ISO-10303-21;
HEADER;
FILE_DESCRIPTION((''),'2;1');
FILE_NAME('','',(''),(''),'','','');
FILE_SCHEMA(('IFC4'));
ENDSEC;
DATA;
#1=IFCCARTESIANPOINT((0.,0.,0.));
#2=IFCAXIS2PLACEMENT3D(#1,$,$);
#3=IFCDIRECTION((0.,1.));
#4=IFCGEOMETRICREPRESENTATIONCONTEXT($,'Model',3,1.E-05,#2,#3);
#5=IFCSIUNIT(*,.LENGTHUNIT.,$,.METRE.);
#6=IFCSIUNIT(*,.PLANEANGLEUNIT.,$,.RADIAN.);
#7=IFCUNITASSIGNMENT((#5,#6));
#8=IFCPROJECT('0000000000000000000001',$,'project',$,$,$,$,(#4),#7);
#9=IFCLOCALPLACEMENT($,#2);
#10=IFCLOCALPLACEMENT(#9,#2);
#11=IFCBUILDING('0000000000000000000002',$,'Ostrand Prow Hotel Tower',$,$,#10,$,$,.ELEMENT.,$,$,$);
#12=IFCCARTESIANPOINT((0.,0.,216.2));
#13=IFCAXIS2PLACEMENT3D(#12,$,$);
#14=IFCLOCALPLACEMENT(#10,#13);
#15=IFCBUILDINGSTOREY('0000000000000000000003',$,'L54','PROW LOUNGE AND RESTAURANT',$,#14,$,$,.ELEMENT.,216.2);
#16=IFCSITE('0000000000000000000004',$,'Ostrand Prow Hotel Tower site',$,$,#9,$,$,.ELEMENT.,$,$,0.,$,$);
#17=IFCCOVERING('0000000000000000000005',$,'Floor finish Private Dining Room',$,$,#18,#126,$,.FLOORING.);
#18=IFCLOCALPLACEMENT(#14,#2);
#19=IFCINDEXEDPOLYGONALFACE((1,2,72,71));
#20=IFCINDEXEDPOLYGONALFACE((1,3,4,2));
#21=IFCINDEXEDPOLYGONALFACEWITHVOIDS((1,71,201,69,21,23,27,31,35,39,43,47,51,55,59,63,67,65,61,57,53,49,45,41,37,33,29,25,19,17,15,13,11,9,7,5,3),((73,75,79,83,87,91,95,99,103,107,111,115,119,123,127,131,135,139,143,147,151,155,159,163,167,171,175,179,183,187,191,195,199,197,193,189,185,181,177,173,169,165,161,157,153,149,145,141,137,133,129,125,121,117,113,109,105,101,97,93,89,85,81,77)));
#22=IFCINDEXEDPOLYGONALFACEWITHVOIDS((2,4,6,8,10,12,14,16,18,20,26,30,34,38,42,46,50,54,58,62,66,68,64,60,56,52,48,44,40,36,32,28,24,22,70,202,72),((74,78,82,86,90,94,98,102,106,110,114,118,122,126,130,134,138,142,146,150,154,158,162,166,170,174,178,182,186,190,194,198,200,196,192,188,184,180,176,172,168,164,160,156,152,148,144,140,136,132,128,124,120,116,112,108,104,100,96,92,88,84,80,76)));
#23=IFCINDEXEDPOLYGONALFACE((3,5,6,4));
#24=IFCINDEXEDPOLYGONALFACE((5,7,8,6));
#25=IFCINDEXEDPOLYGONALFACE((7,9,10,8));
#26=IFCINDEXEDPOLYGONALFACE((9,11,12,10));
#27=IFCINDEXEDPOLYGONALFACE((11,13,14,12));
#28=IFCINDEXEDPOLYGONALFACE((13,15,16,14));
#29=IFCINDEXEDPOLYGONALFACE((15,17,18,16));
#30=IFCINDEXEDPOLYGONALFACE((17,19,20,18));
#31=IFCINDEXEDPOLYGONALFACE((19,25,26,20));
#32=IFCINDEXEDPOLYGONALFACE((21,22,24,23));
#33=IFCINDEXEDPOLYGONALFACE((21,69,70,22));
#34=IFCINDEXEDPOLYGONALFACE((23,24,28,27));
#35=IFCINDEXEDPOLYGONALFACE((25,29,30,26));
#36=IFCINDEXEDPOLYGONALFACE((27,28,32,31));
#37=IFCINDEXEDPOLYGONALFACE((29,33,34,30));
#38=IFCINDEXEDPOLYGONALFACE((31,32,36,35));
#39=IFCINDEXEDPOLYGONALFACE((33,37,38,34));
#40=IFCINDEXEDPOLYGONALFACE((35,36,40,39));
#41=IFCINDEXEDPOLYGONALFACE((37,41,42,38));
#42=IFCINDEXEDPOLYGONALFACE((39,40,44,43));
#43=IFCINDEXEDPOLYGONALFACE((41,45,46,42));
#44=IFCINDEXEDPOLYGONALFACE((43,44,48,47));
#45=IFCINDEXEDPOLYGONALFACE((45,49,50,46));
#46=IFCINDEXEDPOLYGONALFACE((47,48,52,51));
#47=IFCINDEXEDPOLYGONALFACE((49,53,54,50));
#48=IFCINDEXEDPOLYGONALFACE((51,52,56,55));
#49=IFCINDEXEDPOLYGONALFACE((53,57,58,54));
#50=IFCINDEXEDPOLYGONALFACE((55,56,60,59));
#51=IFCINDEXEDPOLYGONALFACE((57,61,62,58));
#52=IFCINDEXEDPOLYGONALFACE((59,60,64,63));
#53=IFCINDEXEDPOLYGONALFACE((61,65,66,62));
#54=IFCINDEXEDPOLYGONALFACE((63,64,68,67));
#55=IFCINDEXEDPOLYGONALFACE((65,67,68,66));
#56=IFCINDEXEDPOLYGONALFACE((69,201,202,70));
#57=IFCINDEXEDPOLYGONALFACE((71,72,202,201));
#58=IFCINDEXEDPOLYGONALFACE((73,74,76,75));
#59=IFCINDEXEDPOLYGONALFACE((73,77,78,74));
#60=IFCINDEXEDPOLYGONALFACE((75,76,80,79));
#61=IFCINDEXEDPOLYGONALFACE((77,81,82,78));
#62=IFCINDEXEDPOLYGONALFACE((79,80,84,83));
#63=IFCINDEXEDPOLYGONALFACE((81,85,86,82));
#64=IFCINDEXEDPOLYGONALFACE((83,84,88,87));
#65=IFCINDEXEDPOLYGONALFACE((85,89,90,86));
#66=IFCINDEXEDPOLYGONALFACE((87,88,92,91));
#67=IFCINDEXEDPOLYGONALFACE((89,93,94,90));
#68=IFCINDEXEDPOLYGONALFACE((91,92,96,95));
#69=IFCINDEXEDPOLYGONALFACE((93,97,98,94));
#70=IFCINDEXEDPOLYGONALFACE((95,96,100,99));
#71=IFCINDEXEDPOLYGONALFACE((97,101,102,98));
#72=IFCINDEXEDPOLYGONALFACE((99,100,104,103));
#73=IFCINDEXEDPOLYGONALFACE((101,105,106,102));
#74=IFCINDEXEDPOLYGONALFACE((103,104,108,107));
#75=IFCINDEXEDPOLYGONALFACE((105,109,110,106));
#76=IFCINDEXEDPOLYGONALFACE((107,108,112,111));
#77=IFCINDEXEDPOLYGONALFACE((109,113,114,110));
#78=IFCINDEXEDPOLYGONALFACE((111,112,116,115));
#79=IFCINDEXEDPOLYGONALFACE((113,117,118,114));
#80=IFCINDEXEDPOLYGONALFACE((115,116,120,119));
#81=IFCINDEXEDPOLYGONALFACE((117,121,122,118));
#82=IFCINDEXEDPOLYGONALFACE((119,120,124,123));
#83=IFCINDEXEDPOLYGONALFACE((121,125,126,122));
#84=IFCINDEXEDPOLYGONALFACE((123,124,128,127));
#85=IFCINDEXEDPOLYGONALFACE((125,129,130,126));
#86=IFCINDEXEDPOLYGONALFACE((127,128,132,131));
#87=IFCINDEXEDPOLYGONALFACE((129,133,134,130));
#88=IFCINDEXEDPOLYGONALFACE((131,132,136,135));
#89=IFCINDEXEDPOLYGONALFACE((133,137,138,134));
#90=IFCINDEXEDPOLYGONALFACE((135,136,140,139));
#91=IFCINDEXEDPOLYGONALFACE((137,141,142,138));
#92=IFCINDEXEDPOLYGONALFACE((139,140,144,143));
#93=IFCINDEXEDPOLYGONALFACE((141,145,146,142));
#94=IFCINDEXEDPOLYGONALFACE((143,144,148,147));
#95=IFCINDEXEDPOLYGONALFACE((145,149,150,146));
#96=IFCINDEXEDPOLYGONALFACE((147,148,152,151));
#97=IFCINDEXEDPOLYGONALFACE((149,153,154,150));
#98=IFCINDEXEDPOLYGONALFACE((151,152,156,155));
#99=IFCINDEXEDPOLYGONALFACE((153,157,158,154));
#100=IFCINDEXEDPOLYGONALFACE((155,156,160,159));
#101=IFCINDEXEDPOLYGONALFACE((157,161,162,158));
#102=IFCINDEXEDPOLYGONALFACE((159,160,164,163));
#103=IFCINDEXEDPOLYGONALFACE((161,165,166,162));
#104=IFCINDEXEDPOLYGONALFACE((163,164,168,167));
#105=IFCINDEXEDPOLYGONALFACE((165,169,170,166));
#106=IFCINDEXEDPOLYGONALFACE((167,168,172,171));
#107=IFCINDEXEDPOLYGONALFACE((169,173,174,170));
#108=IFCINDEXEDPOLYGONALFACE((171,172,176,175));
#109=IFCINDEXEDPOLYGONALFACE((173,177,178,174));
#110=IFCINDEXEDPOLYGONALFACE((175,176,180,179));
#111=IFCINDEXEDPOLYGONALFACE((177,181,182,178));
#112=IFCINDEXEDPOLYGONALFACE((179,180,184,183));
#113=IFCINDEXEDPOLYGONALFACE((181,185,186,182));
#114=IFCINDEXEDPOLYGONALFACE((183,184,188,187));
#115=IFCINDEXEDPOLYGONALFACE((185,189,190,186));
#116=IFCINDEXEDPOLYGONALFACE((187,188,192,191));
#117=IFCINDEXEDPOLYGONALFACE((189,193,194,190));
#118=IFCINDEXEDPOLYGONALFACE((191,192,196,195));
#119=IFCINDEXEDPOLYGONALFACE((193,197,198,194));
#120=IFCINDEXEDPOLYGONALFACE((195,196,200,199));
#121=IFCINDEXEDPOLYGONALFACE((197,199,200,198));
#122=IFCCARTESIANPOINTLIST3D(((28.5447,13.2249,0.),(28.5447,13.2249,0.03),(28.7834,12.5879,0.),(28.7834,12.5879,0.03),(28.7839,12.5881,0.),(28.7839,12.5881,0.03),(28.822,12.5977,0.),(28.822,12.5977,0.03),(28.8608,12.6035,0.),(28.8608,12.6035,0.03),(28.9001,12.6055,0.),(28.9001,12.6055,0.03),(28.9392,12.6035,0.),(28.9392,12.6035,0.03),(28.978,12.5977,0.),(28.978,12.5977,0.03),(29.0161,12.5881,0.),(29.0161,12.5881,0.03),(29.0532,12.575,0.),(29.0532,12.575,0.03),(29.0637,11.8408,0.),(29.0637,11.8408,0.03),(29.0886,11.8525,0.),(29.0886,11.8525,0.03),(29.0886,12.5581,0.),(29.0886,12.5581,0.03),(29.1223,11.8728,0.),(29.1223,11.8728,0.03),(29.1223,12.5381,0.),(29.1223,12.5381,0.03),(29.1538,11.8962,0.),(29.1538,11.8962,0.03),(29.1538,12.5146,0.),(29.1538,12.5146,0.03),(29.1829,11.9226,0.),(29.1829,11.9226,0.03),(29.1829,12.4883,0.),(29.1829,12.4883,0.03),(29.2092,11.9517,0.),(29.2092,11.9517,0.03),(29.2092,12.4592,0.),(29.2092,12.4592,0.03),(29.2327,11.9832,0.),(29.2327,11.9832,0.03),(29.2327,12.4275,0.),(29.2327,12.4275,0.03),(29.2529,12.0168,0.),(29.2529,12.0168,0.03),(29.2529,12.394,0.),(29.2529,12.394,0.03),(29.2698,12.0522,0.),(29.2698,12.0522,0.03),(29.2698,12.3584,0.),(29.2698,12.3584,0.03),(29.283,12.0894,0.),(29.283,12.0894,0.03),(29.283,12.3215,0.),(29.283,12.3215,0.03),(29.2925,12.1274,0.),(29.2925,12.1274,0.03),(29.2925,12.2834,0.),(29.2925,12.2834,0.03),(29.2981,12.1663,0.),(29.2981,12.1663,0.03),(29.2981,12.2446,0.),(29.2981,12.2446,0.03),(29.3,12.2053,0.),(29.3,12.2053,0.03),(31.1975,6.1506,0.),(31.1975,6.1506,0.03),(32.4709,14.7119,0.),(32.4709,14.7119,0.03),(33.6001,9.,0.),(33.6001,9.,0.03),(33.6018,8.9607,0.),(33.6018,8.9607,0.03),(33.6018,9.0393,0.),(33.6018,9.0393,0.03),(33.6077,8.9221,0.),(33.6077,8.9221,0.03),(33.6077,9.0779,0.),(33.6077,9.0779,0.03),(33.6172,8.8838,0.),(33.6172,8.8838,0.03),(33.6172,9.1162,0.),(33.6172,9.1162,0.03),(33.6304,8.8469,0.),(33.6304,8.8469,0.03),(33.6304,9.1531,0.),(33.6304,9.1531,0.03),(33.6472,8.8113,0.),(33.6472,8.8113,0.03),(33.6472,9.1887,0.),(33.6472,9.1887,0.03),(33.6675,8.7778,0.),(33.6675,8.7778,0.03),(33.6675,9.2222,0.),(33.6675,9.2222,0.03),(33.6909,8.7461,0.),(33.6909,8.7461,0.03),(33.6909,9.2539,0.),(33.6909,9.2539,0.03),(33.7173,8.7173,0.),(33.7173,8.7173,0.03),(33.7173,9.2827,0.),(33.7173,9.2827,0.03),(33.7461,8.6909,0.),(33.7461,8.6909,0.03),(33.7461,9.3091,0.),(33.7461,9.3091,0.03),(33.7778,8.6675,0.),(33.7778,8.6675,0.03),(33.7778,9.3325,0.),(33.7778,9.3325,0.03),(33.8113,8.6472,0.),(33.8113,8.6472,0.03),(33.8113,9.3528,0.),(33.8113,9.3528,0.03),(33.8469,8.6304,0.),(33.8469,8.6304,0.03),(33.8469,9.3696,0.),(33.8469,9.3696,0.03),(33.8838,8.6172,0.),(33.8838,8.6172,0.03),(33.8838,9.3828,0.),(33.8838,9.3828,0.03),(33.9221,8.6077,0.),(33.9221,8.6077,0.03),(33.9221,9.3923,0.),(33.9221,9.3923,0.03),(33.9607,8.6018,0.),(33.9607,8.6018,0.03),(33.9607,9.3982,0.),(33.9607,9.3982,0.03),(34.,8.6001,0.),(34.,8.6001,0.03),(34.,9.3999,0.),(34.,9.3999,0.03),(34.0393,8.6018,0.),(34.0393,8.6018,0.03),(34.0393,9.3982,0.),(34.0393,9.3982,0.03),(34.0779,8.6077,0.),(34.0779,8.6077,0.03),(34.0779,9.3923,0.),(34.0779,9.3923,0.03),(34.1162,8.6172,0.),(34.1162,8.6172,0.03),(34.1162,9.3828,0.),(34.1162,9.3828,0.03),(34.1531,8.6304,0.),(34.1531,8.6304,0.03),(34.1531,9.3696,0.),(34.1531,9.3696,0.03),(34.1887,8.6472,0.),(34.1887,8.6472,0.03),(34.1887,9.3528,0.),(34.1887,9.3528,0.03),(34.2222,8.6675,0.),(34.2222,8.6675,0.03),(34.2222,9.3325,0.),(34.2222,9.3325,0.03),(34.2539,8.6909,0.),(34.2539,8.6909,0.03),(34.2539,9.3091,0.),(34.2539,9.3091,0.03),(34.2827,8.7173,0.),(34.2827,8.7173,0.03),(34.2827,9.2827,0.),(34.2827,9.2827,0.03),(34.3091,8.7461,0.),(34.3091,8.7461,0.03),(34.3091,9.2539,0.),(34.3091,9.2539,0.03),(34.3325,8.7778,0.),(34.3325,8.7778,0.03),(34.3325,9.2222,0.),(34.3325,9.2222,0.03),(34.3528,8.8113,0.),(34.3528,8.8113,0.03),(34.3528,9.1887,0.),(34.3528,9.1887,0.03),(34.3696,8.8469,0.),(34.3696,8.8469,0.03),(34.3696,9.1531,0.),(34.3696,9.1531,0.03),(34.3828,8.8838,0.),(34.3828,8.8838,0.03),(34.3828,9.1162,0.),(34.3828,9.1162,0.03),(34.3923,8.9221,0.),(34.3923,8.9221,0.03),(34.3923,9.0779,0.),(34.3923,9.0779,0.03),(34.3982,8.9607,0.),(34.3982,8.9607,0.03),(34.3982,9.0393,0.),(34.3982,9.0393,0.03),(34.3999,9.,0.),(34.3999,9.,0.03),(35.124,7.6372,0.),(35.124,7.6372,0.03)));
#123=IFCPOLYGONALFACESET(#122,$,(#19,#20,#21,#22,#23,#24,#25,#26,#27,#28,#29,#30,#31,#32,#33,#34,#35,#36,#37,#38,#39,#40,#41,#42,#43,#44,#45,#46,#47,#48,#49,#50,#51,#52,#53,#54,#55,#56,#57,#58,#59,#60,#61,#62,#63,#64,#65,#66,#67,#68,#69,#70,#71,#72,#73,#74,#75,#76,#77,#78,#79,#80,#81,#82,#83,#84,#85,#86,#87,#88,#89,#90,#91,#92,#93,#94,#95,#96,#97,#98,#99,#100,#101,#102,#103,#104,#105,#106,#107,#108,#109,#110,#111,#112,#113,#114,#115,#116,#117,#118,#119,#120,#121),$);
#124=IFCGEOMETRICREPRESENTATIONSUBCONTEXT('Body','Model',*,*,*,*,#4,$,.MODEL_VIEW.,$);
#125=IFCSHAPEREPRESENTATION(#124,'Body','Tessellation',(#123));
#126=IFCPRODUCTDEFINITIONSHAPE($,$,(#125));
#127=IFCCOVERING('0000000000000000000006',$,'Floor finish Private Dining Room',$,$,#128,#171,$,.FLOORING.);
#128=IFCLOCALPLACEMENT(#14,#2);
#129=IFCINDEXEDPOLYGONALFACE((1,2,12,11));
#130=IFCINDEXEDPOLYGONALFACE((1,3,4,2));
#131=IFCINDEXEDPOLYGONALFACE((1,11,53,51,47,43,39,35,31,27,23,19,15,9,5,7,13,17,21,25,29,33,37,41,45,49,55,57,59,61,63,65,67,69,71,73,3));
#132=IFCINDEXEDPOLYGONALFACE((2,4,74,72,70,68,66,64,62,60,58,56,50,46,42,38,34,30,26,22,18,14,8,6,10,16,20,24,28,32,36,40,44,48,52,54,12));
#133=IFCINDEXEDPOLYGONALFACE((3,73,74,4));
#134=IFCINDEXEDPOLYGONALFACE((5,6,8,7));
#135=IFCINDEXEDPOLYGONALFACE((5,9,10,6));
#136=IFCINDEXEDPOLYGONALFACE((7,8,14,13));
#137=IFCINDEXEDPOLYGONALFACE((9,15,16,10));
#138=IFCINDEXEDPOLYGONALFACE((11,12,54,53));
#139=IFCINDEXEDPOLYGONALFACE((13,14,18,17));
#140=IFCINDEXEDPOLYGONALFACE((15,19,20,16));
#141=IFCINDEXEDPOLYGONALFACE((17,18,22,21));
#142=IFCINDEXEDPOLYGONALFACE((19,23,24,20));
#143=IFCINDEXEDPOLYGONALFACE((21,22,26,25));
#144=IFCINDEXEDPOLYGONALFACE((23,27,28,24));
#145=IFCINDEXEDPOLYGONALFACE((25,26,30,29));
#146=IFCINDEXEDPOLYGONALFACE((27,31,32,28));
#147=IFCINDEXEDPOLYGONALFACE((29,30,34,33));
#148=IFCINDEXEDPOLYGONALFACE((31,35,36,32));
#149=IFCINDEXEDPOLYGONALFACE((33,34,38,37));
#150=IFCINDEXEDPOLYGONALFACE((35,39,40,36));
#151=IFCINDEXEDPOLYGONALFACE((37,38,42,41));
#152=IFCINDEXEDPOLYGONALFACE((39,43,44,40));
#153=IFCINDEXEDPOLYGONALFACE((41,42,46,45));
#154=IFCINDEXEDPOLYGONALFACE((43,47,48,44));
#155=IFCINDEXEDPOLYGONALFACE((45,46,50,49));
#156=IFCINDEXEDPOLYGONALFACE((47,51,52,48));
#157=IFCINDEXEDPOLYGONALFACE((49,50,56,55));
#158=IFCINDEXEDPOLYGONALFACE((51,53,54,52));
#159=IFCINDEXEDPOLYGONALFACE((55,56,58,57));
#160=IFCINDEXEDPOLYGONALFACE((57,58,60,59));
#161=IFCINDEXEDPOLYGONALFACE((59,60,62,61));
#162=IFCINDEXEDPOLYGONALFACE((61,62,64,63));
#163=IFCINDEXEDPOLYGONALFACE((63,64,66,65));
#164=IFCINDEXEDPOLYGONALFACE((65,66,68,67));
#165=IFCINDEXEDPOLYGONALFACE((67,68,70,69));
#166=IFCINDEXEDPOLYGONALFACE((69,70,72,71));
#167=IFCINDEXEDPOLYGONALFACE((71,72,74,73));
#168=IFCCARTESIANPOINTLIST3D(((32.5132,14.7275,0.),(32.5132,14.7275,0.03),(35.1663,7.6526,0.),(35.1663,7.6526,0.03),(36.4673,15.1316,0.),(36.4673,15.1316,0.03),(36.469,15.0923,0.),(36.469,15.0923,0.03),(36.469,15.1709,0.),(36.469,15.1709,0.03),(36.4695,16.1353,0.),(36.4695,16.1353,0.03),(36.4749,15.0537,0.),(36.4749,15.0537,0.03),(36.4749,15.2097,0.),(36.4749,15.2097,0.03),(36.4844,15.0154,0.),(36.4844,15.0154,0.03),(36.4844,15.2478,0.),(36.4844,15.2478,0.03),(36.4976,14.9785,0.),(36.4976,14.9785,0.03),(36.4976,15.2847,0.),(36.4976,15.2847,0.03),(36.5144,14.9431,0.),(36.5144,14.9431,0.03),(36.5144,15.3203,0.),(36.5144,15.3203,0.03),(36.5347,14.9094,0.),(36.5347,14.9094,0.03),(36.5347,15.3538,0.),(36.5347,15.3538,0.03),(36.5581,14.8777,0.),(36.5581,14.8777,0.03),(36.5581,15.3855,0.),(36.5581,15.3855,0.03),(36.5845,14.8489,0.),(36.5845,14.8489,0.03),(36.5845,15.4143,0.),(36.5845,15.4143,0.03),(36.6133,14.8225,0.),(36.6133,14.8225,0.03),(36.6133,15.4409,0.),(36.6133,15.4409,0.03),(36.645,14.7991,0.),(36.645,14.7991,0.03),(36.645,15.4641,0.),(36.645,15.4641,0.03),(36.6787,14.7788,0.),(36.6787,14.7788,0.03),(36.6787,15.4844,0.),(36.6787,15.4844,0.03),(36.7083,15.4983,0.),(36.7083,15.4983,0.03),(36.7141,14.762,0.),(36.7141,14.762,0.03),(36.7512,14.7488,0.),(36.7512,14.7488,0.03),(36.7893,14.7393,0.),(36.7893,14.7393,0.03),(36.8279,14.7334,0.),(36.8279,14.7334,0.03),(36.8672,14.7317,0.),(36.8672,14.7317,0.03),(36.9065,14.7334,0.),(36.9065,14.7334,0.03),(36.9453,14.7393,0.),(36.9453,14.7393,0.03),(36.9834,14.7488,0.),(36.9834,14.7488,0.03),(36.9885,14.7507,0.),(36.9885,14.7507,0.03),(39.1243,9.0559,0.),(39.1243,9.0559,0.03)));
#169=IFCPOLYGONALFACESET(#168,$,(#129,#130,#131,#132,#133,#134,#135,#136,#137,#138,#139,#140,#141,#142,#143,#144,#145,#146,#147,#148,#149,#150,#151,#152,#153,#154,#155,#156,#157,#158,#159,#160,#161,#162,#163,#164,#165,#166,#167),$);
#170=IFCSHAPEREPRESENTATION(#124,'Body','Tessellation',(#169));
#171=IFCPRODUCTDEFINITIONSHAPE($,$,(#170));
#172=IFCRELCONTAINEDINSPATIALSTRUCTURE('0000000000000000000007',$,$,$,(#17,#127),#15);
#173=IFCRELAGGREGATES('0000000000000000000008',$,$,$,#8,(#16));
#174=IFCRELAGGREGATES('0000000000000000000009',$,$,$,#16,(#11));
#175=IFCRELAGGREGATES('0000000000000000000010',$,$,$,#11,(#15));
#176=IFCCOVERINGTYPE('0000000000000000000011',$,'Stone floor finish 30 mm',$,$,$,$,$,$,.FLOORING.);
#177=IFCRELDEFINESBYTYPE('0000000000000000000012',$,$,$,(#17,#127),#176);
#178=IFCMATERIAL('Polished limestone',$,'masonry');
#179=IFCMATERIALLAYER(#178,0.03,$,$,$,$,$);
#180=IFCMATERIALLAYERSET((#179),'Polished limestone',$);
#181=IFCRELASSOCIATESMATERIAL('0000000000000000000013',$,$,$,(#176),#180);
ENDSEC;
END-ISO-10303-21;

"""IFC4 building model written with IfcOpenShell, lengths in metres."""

from ifc_helpers import new_model, si_unit, direction, frame, origin, place, context, subcontext, project, spatial, polyline, outline, extrude, material, layer, layer_set, type_object, element, save


model = new_model("IFC4")

# Units and contexts
model_context = context("Model", 3, precision=1e-05, world=origin(), true_north=direction((0.0, 1.0)))
body_context = subcontext(model_context, "Body", "Model", "MODEL_VIEW")
ifc_project = project(units=[si_unit("LENGTHUNIT", "METRE"), si_unit("PLANEANGLEUNIT", "RADIAN")], contexts=[model_context])

# Site, building, storey
site_placement = place(None, origin())
site = spatial("IfcSite", under=ifc_project, at=site_placement, Name="Ostrand Prow Hotel Tower site", CompositionType="ELEMENT", RefElevation=0.0)
building_placement = place(site_placement, origin())
building = spatial("IfcBuilding", under=site, at=building_placement, Name="Ostrand Prow Hotel Tower", CompositionType="ELEMENT")
storey_placement = place(building_placement, frame((0.0, 0.0, 216.2)))
storey = spatial("IfcBuildingStorey", under=building, at=storey_placement, Name="L54", Description="PROW LOUNGE AND RESTAURANT", CompositionType="ELEMENT", Elevation=216.2)

# Coverings
ifc_material_1 = material(Name="Polished limestone", Category="masonry")
ifc_layer_1 = layer(ifc_material_1, 0.03)
ifc_layer_set_1 = layer_set([ifc_layer_1], Name="Polished limestone")
covering_type_1 = type_object("IfcCoveringType", Name="Stone floor finish 30 mm", PredefinedType="FLOORING", material=ifc_layer_set_1)
covering_1_placement = place(storey_placement, origin())
element("IfcCovering", 1, at=covering_1_placement, inside=storey, type_object=covering_type_1, Name="Floor finish Private Dining Room", PredefinedType="FLOORING", context=body_context, shape_type="SweptSolid", body=[
    extrude(outline(polyline([(35.124, 7.6372), (32.4709, 14.7119), (28.5447, 13.2249), (28.7834, 12.5879), (28.7839, 12.5881), (28.822, 12.5977), (28.8608, 12.6035), (28.9001, 12.6055), (28.9392, 12.6035), (28.978, 12.5977), (29.0161, 12.5881), (29.0532, 12.575), (29.0886, 12.5581), (29.1223, 12.5381), (29.1538, 12.5146), (29.1829, 12.4883), (29.2092, 12.4592), (29.2327, 12.4275), (29.2529, 12.394), (29.2698, 12.3584), (29.283, 12.3215), (29.2925, 12.2834), (29.2981, 12.2446), (29.3, 12.2053), (29.2981, 12.1663), (29.2925, 12.1274), (29.283, 12.0894), (29.2698, 12.0522), (29.2529, 12.0168), (29.2327, 11.9832), (29.2092, 11.9517), (29.1829, 11.9226), (29.1538, 11.8962), (29.1223, 11.8728), (29.0886, 11.8525), (29.0637, 11.8408), (31.1975, 6.1506), (35.124, 7.6372)]), holes=[polyline([(34.3528, 8.8113), (34.3325, 8.7778), (34.3091, 8.7461), (34.2827, 8.7173), (34.2539, 8.6909), (34.2222, 8.6675), (34.1887, 8.6472), (34.1531, 8.6304), (34.1162, 8.6172), (34.0779, 8.6077), (34.0393, 8.6018), (34.0, 8.6001), (33.9607, 8.6018), (33.9221, 8.6077), (33.8838, 8.6172), (33.8469, 8.6304), (33.8113, 8.6472), (33.7778, 8.6675), (33.7461, 8.6909), (33.7173, 8.7173), (33.6909, 8.7461), (33.6675, 8.7778), (33.6472, 8.8113), (33.6304, 8.8469), (33.6172, 8.8838), (33.6077, 8.9221), (33.6018, 8.9607), (33.6001, 9.0), (33.6018, 9.0393), (33.6077, 9.0779), (33.6172, 9.1162), (33.6304, 9.1531), (33.6472, 9.1887), (33.6675, 9.2222), (33.6909, 9.2539), (33.7173, 9.2827), (33.7461, 9.3091), (33.7778, 9.3325), (33.8113, 9.3528), (33.8469, 9.3696), (33.8838, 9.3828), (33.9221, 9.3923), (33.9607, 9.3982), (34.0, 9.3999), (34.0393, 9.3982), (34.0779, 9.3923), (34.1162, 9.3828), (34.1531, 9.3696), (34.1887, 9.3528), (34.2222, 9.3325), (34.2539, 9.3091), (34.2827, 9.2827), (34.3091, 9.2539), (34.3325, 9.2222), (34.3528, 9.1887), (34.3696, 9.1531), (34.3828, 9.1162), (34.3923, 9.0779), (34.3982, 9.0393), (34.3999, 9.0), (34.3982, 8.9607), (34.3923, 8.9221), (34.3828, 8.8838), (34.3696, 8.8469), (34.3528, 8.8113)])]), origin(), (0.0, 0.0, 1.0), 0.03),
])
covering_2_placement = place(storey_placement, origin())
element("IfcCovering", 2, at=covering_2_placement, inside=storey, type_object=covering_type_1, Name="Floor finish Private Dining Room", PredefinedType="FLOORING", context=body_context, shape_type="SweptSolid", body=[
    extrude(outline(polyline([(35.1663, 7.6526), (39.1243, 9.0559), (36.9885, 14.7507), (36.9834, 14.7488), (36.9453, 14.7393), (36.9065, 14.7334), (36.8672, 14.7317), (36.8279, 14.7334), (36.7893, 14.7393), (36.7512, 14.7488), (36.7141, 14.762), (36.6787, 14.7788), (36.645, 14.7991), (36.6133, 14.8225), (36.5845, 14.8489), (36.5581, 14.8777), (36.5347, 14.9094), (36.5144, 14.9431), (36.4976, 14.9785), (36.4844, 15.0154), (36.4749, 15.0537), (36.469, 15.0923), (36.4673, 15.1316), (36.469, 15.1709), (36.4749, 15.2097), (36.4844, 15.2478), (36.4976, 15.2847), (36.5144, 15.3203), (36.5347, 15.3538), (36.5581, 15.3855), (36.5845, 15.4143), (36.6133, 15.4409), (36.645, 15.4641), (36.6787, 15.4844), (36.7083, 15.4983), (36.4695, 16.1353), (32.5132, 14.7275), (35.1663, 7.6526)])), origin(), (0.0, 0.0, 1.0), 0.03),
])

save(model, "model.ifc")
